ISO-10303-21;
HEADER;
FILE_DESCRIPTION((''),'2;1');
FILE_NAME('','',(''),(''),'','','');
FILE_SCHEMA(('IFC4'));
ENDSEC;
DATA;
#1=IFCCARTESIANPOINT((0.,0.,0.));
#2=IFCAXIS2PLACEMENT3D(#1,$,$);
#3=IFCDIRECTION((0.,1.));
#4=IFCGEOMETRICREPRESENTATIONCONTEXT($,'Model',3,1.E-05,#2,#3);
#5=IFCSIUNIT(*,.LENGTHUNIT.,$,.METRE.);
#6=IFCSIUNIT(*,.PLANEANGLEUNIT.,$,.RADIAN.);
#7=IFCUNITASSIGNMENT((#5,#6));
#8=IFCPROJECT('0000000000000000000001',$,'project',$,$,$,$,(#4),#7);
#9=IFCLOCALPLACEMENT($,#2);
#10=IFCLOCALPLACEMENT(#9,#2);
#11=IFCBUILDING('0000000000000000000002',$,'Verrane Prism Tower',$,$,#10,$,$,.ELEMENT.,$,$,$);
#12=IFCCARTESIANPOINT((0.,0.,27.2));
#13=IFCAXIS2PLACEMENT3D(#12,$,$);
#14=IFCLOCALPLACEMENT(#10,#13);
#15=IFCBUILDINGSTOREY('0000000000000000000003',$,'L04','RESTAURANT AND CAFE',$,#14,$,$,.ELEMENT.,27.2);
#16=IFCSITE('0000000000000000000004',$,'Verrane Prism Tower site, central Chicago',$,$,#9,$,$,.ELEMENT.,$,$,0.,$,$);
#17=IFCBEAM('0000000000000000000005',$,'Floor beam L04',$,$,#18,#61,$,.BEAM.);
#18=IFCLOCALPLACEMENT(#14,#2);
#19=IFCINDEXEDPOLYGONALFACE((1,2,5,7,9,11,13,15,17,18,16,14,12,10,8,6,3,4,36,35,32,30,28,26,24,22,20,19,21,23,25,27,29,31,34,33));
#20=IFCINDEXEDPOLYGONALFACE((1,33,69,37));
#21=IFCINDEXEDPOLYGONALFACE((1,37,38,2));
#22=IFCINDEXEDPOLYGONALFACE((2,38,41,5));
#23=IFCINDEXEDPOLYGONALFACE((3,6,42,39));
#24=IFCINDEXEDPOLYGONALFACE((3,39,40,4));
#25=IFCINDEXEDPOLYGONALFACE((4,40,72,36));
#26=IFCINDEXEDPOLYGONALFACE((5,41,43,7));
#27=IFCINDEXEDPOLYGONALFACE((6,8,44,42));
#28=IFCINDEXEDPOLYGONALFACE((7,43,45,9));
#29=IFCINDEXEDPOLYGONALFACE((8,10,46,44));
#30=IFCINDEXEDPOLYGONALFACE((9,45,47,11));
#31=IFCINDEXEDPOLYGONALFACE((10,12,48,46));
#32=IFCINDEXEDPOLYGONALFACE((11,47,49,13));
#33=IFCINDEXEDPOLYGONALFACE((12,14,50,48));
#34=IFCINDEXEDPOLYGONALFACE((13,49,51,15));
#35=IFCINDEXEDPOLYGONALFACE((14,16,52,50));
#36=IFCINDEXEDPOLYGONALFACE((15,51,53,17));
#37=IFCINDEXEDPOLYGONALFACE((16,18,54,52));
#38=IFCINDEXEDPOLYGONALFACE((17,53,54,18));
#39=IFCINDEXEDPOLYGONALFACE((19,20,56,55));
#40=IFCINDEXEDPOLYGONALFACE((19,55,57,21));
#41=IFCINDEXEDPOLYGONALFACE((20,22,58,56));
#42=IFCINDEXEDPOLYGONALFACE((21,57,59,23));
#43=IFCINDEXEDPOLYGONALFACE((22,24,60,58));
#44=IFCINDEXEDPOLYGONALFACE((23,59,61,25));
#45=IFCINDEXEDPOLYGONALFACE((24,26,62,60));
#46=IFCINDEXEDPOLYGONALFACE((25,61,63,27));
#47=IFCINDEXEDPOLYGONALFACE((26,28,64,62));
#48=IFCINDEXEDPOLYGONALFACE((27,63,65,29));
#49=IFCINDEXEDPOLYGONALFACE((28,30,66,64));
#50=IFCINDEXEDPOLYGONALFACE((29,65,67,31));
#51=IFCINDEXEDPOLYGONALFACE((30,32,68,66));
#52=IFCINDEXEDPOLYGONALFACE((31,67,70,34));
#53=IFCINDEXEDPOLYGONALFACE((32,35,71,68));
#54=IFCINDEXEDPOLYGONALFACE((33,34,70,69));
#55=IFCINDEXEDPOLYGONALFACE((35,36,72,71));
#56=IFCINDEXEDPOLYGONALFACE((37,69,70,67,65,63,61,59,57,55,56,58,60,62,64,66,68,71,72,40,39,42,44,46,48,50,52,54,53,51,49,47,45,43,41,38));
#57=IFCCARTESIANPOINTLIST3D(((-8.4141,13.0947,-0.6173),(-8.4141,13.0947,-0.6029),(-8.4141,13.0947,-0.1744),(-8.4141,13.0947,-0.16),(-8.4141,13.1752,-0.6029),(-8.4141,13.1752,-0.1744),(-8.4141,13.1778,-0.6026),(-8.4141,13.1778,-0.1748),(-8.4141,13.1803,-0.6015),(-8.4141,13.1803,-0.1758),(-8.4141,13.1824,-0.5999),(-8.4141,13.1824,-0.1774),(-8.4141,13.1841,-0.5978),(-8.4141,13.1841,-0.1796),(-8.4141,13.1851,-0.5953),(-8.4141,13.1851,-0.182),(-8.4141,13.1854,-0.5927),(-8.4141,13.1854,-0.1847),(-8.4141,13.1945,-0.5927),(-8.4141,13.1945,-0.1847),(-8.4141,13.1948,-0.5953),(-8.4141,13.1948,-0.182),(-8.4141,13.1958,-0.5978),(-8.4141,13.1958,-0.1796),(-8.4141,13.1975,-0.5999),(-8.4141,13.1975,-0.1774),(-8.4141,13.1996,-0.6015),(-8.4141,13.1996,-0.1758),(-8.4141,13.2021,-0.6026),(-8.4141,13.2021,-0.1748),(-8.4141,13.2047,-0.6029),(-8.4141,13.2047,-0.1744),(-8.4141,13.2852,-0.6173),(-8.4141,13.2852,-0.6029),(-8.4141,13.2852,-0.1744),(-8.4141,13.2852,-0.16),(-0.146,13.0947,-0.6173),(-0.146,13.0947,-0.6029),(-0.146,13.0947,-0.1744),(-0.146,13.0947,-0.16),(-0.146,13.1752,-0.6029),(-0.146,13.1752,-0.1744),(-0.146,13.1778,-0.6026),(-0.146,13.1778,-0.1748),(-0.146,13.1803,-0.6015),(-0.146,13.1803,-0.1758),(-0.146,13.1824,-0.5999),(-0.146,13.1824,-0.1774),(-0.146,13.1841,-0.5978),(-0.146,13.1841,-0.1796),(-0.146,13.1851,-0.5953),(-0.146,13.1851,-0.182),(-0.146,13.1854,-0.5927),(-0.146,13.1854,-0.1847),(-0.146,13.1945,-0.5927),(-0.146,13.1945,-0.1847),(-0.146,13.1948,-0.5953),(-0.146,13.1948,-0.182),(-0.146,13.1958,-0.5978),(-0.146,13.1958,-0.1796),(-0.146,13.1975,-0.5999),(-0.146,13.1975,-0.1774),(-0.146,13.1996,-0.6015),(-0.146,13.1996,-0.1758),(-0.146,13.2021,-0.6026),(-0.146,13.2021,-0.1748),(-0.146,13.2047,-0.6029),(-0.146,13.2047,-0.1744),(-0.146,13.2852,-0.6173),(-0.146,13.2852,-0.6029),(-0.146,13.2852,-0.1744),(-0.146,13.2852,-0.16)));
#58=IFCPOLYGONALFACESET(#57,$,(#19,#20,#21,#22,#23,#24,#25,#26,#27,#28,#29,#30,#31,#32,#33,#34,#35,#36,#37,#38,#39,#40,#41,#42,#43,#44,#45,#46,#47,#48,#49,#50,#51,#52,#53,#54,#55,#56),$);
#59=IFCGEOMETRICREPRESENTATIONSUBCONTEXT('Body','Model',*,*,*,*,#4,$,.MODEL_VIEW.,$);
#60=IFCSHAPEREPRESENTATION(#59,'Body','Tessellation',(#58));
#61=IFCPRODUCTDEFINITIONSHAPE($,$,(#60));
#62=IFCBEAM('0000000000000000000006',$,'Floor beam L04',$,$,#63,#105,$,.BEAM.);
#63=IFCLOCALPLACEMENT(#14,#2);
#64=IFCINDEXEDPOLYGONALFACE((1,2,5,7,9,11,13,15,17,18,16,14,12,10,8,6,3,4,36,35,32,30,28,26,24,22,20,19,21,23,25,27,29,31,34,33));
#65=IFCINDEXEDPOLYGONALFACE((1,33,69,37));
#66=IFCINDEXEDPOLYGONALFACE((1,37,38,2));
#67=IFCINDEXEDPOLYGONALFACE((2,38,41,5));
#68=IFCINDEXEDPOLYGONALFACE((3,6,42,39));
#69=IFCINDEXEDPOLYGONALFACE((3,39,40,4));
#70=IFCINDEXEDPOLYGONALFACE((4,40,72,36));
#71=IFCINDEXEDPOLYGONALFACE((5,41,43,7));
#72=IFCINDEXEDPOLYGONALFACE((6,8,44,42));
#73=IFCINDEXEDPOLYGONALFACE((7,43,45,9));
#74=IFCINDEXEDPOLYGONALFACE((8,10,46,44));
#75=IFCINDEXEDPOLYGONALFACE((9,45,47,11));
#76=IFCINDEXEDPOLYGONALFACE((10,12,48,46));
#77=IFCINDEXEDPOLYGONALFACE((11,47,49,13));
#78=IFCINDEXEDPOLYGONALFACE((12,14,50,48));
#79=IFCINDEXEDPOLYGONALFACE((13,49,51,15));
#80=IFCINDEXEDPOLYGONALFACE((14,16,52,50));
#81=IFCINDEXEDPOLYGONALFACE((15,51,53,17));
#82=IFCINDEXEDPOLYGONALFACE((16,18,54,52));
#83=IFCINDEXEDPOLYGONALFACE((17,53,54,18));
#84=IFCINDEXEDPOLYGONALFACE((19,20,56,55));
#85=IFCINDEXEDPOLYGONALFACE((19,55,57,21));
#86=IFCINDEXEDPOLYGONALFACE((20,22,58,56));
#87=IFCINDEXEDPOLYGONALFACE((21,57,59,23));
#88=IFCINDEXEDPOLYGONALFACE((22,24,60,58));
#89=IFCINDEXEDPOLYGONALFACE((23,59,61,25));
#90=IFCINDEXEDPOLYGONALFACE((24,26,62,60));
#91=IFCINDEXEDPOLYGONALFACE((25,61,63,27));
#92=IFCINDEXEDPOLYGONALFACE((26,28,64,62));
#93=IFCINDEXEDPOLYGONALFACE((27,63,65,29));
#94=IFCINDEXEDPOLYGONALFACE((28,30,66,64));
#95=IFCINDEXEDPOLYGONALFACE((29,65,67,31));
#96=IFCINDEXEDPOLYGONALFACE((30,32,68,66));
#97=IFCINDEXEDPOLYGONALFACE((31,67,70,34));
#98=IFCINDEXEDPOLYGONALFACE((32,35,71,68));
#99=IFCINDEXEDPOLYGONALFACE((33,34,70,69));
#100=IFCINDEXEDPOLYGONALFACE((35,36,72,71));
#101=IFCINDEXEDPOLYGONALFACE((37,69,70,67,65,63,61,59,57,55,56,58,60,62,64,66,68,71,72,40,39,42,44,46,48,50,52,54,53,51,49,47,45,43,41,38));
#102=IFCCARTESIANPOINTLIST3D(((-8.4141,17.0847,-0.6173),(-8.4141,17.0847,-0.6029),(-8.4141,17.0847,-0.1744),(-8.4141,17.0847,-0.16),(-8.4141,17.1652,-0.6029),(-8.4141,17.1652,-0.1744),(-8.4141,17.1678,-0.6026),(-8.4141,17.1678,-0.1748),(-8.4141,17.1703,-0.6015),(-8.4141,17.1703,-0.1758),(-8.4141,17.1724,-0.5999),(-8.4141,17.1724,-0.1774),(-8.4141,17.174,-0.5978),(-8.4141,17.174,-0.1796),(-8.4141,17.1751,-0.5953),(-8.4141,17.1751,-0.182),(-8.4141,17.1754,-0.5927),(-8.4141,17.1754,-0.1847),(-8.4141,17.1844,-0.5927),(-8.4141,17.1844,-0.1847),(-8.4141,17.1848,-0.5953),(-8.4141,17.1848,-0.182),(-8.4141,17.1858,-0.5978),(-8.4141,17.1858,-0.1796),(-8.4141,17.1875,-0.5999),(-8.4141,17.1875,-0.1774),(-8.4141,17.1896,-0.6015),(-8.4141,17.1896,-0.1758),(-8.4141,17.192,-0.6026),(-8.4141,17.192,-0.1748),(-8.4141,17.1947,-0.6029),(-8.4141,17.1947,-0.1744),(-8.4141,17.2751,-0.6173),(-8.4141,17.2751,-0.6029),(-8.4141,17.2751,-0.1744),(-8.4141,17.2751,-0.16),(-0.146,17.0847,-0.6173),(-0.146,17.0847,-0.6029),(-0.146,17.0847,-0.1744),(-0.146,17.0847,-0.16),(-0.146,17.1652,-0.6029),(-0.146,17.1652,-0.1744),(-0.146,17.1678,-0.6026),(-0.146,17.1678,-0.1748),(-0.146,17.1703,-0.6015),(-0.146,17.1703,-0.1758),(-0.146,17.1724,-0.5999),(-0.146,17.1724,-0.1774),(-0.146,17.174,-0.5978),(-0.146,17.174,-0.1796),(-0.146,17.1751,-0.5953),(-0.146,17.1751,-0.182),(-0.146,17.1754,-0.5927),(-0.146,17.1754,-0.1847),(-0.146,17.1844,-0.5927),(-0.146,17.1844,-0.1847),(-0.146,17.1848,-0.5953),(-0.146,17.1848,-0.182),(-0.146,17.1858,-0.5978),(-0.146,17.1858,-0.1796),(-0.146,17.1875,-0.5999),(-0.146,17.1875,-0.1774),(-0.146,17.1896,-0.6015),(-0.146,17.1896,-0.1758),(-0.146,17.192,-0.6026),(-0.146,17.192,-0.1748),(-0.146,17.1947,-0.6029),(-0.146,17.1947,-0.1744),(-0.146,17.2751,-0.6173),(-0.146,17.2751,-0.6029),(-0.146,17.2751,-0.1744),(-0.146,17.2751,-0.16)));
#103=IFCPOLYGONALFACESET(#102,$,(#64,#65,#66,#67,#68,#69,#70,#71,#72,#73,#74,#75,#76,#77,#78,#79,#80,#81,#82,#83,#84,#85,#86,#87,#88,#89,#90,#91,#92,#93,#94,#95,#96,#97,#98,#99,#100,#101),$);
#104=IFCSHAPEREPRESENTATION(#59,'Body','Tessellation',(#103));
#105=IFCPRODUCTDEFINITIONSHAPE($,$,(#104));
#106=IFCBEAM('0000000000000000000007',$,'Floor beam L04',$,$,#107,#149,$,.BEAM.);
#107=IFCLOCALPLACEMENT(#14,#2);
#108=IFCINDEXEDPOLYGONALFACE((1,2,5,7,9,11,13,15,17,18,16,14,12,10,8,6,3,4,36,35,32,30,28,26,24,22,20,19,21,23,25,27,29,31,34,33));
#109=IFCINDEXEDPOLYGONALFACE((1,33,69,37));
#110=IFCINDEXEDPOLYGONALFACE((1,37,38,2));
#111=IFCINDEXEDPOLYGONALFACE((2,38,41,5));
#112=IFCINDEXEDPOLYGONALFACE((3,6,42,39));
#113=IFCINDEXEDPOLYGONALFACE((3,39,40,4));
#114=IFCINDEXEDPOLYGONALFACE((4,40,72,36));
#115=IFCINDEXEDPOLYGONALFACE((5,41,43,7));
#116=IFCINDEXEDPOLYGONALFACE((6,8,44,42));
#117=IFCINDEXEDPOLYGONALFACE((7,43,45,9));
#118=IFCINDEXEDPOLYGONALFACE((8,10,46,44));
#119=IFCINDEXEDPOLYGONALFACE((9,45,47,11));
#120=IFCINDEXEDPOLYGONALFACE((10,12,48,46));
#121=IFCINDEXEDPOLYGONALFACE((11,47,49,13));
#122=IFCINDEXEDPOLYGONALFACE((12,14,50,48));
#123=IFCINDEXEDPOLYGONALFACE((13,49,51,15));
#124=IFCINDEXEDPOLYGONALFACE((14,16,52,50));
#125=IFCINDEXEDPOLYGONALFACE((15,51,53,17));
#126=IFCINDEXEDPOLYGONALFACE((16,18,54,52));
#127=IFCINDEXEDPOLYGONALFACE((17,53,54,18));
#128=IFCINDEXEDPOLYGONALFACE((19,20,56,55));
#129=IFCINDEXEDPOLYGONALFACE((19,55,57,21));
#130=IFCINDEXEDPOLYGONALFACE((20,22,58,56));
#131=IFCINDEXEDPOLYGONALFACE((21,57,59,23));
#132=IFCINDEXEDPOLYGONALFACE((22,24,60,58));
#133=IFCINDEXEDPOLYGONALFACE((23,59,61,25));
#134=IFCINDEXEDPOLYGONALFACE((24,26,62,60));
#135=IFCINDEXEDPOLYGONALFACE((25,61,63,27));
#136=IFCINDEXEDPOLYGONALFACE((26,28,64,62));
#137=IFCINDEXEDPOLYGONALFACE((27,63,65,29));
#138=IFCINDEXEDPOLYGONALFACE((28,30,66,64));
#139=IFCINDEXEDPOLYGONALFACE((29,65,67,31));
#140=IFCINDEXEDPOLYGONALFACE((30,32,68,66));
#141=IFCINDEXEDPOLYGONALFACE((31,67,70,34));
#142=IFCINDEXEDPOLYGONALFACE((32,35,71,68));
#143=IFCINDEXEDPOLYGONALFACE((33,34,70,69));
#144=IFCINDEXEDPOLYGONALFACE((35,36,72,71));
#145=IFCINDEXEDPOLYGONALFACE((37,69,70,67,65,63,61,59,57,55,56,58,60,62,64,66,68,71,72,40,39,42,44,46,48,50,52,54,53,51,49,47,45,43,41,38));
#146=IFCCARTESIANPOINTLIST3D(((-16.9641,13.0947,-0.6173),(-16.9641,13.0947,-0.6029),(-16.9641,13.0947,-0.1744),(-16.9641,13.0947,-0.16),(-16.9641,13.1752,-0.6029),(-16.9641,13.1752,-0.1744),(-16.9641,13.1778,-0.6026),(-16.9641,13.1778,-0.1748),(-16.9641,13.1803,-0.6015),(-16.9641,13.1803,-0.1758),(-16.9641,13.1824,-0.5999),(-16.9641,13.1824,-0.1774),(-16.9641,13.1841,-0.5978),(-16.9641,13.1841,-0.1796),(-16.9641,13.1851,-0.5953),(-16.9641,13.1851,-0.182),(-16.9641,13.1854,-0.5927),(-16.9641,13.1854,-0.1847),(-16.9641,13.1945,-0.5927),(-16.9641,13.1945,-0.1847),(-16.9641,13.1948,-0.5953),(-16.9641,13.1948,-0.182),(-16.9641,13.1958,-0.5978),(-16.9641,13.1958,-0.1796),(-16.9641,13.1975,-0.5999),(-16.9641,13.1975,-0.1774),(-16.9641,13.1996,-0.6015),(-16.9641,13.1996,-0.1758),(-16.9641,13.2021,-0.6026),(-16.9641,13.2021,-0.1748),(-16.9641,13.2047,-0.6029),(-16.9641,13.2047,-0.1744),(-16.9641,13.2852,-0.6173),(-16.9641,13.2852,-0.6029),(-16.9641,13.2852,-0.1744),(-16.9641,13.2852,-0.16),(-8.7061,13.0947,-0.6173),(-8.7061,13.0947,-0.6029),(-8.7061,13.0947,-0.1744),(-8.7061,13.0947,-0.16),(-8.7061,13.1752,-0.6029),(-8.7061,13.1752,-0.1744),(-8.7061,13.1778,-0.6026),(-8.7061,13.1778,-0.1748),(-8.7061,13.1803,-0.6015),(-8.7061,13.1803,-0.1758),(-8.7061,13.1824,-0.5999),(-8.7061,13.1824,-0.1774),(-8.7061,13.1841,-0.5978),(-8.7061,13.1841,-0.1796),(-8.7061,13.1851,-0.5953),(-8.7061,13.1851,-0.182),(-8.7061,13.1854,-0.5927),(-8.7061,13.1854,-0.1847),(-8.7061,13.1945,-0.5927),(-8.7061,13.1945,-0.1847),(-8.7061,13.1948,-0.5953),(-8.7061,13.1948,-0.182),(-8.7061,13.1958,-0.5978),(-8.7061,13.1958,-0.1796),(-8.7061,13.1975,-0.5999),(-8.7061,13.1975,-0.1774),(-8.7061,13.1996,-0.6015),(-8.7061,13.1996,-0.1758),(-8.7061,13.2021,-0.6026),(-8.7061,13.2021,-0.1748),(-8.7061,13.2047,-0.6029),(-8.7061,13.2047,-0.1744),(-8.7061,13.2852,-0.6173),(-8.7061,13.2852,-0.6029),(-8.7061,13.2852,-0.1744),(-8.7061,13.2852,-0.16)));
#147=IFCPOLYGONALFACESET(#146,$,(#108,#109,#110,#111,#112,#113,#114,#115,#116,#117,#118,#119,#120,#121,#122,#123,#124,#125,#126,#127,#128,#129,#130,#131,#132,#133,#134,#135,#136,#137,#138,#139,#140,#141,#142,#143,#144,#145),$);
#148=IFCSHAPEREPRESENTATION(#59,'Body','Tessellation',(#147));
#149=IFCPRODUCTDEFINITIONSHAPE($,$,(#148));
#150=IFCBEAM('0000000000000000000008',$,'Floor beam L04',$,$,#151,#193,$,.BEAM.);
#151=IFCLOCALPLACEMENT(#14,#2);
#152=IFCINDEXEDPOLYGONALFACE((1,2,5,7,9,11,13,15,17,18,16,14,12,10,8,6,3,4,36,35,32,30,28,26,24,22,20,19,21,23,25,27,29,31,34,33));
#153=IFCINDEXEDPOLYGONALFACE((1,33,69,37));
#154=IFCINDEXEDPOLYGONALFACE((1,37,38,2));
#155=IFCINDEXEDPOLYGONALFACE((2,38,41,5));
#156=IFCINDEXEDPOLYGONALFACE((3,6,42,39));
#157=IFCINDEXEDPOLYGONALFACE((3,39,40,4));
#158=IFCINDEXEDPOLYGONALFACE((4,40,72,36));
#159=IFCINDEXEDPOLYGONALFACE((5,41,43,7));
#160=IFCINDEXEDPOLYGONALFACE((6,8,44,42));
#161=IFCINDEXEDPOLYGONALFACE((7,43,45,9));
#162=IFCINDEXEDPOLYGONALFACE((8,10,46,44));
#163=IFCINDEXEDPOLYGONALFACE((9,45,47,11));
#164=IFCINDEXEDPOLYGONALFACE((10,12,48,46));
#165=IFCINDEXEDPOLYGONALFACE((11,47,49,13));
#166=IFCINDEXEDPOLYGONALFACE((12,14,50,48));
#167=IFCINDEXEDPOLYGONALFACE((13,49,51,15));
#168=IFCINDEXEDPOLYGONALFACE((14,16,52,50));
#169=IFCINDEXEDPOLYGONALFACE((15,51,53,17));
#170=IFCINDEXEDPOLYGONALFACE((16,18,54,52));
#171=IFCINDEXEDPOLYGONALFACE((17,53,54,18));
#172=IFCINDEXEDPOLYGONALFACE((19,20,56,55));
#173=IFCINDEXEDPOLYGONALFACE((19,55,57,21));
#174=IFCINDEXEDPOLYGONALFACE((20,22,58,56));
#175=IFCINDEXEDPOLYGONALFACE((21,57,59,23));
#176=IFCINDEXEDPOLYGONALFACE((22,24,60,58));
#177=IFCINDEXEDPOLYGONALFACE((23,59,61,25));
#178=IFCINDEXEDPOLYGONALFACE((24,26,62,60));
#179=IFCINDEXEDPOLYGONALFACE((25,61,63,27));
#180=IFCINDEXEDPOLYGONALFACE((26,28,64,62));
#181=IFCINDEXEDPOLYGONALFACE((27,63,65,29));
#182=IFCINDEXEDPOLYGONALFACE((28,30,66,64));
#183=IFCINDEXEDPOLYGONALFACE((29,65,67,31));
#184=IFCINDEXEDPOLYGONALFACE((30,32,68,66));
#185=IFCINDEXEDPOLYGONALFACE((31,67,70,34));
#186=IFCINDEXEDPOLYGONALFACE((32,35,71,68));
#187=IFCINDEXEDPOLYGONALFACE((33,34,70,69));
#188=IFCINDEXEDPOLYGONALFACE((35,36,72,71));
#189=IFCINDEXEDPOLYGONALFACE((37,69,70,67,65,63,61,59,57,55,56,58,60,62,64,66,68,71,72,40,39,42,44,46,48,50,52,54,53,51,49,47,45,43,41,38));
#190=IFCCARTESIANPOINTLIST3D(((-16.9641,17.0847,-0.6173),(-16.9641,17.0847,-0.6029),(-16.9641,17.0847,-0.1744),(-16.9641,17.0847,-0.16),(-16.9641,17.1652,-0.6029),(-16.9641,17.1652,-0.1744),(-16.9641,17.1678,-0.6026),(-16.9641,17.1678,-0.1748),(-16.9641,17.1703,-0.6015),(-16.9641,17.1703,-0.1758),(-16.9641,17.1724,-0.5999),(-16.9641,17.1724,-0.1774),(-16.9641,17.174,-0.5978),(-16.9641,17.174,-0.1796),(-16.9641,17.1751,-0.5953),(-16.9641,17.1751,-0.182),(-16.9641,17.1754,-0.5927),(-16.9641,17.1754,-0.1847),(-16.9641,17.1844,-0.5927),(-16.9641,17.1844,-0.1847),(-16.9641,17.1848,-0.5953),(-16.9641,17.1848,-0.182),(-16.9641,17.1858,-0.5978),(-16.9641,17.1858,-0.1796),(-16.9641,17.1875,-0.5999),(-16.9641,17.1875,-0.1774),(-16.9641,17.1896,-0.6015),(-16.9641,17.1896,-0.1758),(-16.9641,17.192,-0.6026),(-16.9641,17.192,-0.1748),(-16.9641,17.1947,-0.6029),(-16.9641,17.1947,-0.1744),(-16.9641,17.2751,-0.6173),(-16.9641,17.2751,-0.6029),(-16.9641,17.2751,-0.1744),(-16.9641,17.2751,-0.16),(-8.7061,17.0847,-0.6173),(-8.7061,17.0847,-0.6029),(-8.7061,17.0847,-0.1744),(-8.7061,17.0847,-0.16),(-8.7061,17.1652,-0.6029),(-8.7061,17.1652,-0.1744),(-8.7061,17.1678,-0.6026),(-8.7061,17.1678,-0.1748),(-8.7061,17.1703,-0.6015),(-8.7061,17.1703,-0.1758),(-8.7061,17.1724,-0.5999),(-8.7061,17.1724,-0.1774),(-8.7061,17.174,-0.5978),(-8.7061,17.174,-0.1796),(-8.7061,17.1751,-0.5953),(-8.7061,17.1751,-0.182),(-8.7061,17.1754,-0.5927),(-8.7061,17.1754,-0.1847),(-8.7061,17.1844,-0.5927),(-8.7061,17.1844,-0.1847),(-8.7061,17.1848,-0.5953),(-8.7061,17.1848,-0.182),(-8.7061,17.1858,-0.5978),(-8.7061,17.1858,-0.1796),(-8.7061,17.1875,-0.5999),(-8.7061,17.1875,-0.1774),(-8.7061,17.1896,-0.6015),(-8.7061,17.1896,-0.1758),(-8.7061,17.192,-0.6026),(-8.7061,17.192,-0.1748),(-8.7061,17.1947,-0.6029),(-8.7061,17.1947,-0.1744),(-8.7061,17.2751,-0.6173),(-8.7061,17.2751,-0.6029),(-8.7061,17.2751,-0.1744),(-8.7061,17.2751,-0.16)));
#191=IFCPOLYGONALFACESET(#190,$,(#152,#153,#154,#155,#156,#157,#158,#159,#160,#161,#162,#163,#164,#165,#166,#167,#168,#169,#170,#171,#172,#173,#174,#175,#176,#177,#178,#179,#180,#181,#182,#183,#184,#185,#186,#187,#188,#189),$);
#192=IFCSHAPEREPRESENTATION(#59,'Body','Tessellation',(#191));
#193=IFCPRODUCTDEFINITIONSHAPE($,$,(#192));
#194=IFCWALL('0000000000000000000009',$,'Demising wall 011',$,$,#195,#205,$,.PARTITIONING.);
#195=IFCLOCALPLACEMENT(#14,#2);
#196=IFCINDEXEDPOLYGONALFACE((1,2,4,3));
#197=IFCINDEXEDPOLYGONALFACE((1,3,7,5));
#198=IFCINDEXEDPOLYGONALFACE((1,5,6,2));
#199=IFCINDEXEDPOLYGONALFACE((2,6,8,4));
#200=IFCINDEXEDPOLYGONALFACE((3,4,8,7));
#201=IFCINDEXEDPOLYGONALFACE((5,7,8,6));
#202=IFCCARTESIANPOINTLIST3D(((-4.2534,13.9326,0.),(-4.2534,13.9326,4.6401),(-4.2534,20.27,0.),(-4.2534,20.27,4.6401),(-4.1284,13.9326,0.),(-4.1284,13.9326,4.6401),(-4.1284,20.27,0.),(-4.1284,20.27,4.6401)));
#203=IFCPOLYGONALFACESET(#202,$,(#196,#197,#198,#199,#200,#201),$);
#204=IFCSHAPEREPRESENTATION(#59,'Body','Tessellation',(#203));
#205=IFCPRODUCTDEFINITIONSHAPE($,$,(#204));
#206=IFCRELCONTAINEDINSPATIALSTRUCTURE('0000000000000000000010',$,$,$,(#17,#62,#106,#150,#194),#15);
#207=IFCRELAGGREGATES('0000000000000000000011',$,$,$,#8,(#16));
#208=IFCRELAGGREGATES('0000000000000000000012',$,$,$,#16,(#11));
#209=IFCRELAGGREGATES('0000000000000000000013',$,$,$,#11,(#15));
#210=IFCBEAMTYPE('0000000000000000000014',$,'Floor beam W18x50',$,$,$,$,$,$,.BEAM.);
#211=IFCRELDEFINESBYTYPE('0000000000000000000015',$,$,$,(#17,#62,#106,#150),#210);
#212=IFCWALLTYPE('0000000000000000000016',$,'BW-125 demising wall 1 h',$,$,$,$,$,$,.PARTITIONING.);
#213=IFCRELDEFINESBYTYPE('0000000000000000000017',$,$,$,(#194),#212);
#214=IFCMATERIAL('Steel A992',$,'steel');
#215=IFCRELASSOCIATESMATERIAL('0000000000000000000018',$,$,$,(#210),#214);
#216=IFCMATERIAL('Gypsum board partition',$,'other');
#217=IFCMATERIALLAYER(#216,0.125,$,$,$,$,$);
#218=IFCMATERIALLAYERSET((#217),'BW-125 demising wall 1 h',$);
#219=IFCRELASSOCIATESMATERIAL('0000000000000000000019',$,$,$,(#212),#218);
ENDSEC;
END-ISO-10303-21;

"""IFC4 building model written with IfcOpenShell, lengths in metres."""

from ifc_helpers import new_model, si_unit, direction, frame, frame_2d, origin, origin_2d, place, context, subcontext, project, spatial, rectangle, i_section, extrude, material, layer, layer_set, material_profile, profile_set, type_object, element, save


model = new_model("IFC4")

# Units and contexts
model_context = context("Model", 3, precision=1e-05, world=origin(), true_north=direction((0.0, 1.0)))
body_context = subcontext(model_context, "Body", "Model", "MODEL_VIEW")
ifc_project = project(units=[si_unit("LENGTHUNIT", "METRE"), si_unit("PLANEANGLEUNIT", "RADIAN")], contexts=[model_context])

# Site, building, storey
site_placement = place(None, origin())
site = spatial("IfcSite", under=ifc_project, at=site_placement, Name="Verrane Prism Tower site, central Chicago", CompositionType="ELEMENT", RefElevation=0.0)
building_placement = place(site_placement, origin())
building = spatial("IfcBuilding", under=site, at=building_placement, Name="Verrane Prism Tower", CompositionType="ELEMENT")
storey_placement = place(building_placement, frame((0.0, 0.0, 27.2)))
storey = spatial("IfcBuildingStorey", under=building, at=storey_placement, Name="L04", Description="RESTAURANT AND CAFE", CompositionType="ELEMENT", Elevation=27.2)

# Beams
ifc_material_1 = material(Name="Steel A992", Category="steel")
ifc_material_profile_1 = material_profile(ifc_material_1, i_section(OverallWidth=0.1904, OverallDepth=0.4573, WebThickness=0.009, FlangeThickness=0.0144, FilletRadius=0.0103, at=origin_2d()), Name="W18x50")
ifc_profile_set_1 = profile_set([ifc_material_profile_1], Name="Steel A992")
beam_type_1 = type_object("IfcBeamType", Name="Floor beam W18x50", PredefinedType="BEAM", material=ifc_profile_set_1)
for number, where, z_axis, x_axis, name in (
    (1, (-8.4141, 13.1899, -0.3887), (1.0, 0.0, 0.0), (0.0, 1.0, 0.0), "Floor beam L04"),
    (2, (-8.4141, 17.1799, -0.3887), (1.0, 0.0, 0.0), (0.0, 1.0, 0.0), "Floor beam L04"),
):
    element("IfcBeam", number, at=place(storey_placement, frame(where, z_axis=z_axis, x_axis=x_axis)), inside=storey, type_object=beam_type_1, Name=name, PredefinedType="BEAM", context=body_context, shape_type="SweptSolid", body=[
        extrude(i_section(OverallWidth=0.1904, OverallDepth=0.4573, WebThickness=0.009, FlangeThickness=0.0144, FilletRadius=0.0103, at=origin_2d()), origin(), (0.0, 0.0, 1.0), 8.2681),
    ])
for number, where, z_axis, x_axis, name in (
    (3, (-16.9641, 13.1899, -0.3887), (1.0, 0.0, 0.0), (0.0, 1.0, 0.0), "Floor beam L04"),
    (4, (-16.9641, 17.1799, -0.3887), (1.0, 0.0, 0.0), (0.0, 1.0, 0.0), "Floor beam L04"),
):
    element("IfcBeam", number, at=place(storey_placement, frame(where, z_axis=z_axis, x_axis=x_axis)), inside=storey, type_object=beam_type_1, Name=name, PredefinedType="BEAM", context=body_context, shape_type="SweptSolid", body=[
        extrude(i_section(OverallWidth=0.1904, OverallDepth=0.4573, WebThickness=0.009, FlangeThickness=0.0144, FilletRadius=0.0103, at=origin_2d()), origin(), (0.0, 0.0, 1.0), 8.2581),
    ])

# Wall
ifc_material_2 = material(Name="Gypsum board partition", Category="other")
ifc_layer_1 = layer(ifc_material_2, 0.125)
ifc_layer_set_1 = layer_set([ifc_layer_1], Name="BW-125 demising wall 1 h")
wall_type_1 = type_object("IfcWallType", Name="BW-125 demising wall 1 h", PredefinedType="PARTITIONING", material=ifc_layer_set_1)
wall_1_placement = place(storey_placement, frame((-4.1909, 13.9326, 0.0), z_axis=(0.0, 0.0, 1.0), x_axis=(0.0, 1.0, 0.0)))
element("IfcWall", 5, at=wall_1_placement, inside=storey, type_object=wall_type_1, Name="Demising wall 011", PredefinedType="PARTITIONING", context=body_context, shape_type="SweptSolid", body=[
    extrude(rectangle(XDim=6.3374, YDim=0.125, at=frame_2d((3.1687, 0.0))), origin(), (0.0, 0.0, 1.0), 4.6401),
])

save(model, "model.ifc")
